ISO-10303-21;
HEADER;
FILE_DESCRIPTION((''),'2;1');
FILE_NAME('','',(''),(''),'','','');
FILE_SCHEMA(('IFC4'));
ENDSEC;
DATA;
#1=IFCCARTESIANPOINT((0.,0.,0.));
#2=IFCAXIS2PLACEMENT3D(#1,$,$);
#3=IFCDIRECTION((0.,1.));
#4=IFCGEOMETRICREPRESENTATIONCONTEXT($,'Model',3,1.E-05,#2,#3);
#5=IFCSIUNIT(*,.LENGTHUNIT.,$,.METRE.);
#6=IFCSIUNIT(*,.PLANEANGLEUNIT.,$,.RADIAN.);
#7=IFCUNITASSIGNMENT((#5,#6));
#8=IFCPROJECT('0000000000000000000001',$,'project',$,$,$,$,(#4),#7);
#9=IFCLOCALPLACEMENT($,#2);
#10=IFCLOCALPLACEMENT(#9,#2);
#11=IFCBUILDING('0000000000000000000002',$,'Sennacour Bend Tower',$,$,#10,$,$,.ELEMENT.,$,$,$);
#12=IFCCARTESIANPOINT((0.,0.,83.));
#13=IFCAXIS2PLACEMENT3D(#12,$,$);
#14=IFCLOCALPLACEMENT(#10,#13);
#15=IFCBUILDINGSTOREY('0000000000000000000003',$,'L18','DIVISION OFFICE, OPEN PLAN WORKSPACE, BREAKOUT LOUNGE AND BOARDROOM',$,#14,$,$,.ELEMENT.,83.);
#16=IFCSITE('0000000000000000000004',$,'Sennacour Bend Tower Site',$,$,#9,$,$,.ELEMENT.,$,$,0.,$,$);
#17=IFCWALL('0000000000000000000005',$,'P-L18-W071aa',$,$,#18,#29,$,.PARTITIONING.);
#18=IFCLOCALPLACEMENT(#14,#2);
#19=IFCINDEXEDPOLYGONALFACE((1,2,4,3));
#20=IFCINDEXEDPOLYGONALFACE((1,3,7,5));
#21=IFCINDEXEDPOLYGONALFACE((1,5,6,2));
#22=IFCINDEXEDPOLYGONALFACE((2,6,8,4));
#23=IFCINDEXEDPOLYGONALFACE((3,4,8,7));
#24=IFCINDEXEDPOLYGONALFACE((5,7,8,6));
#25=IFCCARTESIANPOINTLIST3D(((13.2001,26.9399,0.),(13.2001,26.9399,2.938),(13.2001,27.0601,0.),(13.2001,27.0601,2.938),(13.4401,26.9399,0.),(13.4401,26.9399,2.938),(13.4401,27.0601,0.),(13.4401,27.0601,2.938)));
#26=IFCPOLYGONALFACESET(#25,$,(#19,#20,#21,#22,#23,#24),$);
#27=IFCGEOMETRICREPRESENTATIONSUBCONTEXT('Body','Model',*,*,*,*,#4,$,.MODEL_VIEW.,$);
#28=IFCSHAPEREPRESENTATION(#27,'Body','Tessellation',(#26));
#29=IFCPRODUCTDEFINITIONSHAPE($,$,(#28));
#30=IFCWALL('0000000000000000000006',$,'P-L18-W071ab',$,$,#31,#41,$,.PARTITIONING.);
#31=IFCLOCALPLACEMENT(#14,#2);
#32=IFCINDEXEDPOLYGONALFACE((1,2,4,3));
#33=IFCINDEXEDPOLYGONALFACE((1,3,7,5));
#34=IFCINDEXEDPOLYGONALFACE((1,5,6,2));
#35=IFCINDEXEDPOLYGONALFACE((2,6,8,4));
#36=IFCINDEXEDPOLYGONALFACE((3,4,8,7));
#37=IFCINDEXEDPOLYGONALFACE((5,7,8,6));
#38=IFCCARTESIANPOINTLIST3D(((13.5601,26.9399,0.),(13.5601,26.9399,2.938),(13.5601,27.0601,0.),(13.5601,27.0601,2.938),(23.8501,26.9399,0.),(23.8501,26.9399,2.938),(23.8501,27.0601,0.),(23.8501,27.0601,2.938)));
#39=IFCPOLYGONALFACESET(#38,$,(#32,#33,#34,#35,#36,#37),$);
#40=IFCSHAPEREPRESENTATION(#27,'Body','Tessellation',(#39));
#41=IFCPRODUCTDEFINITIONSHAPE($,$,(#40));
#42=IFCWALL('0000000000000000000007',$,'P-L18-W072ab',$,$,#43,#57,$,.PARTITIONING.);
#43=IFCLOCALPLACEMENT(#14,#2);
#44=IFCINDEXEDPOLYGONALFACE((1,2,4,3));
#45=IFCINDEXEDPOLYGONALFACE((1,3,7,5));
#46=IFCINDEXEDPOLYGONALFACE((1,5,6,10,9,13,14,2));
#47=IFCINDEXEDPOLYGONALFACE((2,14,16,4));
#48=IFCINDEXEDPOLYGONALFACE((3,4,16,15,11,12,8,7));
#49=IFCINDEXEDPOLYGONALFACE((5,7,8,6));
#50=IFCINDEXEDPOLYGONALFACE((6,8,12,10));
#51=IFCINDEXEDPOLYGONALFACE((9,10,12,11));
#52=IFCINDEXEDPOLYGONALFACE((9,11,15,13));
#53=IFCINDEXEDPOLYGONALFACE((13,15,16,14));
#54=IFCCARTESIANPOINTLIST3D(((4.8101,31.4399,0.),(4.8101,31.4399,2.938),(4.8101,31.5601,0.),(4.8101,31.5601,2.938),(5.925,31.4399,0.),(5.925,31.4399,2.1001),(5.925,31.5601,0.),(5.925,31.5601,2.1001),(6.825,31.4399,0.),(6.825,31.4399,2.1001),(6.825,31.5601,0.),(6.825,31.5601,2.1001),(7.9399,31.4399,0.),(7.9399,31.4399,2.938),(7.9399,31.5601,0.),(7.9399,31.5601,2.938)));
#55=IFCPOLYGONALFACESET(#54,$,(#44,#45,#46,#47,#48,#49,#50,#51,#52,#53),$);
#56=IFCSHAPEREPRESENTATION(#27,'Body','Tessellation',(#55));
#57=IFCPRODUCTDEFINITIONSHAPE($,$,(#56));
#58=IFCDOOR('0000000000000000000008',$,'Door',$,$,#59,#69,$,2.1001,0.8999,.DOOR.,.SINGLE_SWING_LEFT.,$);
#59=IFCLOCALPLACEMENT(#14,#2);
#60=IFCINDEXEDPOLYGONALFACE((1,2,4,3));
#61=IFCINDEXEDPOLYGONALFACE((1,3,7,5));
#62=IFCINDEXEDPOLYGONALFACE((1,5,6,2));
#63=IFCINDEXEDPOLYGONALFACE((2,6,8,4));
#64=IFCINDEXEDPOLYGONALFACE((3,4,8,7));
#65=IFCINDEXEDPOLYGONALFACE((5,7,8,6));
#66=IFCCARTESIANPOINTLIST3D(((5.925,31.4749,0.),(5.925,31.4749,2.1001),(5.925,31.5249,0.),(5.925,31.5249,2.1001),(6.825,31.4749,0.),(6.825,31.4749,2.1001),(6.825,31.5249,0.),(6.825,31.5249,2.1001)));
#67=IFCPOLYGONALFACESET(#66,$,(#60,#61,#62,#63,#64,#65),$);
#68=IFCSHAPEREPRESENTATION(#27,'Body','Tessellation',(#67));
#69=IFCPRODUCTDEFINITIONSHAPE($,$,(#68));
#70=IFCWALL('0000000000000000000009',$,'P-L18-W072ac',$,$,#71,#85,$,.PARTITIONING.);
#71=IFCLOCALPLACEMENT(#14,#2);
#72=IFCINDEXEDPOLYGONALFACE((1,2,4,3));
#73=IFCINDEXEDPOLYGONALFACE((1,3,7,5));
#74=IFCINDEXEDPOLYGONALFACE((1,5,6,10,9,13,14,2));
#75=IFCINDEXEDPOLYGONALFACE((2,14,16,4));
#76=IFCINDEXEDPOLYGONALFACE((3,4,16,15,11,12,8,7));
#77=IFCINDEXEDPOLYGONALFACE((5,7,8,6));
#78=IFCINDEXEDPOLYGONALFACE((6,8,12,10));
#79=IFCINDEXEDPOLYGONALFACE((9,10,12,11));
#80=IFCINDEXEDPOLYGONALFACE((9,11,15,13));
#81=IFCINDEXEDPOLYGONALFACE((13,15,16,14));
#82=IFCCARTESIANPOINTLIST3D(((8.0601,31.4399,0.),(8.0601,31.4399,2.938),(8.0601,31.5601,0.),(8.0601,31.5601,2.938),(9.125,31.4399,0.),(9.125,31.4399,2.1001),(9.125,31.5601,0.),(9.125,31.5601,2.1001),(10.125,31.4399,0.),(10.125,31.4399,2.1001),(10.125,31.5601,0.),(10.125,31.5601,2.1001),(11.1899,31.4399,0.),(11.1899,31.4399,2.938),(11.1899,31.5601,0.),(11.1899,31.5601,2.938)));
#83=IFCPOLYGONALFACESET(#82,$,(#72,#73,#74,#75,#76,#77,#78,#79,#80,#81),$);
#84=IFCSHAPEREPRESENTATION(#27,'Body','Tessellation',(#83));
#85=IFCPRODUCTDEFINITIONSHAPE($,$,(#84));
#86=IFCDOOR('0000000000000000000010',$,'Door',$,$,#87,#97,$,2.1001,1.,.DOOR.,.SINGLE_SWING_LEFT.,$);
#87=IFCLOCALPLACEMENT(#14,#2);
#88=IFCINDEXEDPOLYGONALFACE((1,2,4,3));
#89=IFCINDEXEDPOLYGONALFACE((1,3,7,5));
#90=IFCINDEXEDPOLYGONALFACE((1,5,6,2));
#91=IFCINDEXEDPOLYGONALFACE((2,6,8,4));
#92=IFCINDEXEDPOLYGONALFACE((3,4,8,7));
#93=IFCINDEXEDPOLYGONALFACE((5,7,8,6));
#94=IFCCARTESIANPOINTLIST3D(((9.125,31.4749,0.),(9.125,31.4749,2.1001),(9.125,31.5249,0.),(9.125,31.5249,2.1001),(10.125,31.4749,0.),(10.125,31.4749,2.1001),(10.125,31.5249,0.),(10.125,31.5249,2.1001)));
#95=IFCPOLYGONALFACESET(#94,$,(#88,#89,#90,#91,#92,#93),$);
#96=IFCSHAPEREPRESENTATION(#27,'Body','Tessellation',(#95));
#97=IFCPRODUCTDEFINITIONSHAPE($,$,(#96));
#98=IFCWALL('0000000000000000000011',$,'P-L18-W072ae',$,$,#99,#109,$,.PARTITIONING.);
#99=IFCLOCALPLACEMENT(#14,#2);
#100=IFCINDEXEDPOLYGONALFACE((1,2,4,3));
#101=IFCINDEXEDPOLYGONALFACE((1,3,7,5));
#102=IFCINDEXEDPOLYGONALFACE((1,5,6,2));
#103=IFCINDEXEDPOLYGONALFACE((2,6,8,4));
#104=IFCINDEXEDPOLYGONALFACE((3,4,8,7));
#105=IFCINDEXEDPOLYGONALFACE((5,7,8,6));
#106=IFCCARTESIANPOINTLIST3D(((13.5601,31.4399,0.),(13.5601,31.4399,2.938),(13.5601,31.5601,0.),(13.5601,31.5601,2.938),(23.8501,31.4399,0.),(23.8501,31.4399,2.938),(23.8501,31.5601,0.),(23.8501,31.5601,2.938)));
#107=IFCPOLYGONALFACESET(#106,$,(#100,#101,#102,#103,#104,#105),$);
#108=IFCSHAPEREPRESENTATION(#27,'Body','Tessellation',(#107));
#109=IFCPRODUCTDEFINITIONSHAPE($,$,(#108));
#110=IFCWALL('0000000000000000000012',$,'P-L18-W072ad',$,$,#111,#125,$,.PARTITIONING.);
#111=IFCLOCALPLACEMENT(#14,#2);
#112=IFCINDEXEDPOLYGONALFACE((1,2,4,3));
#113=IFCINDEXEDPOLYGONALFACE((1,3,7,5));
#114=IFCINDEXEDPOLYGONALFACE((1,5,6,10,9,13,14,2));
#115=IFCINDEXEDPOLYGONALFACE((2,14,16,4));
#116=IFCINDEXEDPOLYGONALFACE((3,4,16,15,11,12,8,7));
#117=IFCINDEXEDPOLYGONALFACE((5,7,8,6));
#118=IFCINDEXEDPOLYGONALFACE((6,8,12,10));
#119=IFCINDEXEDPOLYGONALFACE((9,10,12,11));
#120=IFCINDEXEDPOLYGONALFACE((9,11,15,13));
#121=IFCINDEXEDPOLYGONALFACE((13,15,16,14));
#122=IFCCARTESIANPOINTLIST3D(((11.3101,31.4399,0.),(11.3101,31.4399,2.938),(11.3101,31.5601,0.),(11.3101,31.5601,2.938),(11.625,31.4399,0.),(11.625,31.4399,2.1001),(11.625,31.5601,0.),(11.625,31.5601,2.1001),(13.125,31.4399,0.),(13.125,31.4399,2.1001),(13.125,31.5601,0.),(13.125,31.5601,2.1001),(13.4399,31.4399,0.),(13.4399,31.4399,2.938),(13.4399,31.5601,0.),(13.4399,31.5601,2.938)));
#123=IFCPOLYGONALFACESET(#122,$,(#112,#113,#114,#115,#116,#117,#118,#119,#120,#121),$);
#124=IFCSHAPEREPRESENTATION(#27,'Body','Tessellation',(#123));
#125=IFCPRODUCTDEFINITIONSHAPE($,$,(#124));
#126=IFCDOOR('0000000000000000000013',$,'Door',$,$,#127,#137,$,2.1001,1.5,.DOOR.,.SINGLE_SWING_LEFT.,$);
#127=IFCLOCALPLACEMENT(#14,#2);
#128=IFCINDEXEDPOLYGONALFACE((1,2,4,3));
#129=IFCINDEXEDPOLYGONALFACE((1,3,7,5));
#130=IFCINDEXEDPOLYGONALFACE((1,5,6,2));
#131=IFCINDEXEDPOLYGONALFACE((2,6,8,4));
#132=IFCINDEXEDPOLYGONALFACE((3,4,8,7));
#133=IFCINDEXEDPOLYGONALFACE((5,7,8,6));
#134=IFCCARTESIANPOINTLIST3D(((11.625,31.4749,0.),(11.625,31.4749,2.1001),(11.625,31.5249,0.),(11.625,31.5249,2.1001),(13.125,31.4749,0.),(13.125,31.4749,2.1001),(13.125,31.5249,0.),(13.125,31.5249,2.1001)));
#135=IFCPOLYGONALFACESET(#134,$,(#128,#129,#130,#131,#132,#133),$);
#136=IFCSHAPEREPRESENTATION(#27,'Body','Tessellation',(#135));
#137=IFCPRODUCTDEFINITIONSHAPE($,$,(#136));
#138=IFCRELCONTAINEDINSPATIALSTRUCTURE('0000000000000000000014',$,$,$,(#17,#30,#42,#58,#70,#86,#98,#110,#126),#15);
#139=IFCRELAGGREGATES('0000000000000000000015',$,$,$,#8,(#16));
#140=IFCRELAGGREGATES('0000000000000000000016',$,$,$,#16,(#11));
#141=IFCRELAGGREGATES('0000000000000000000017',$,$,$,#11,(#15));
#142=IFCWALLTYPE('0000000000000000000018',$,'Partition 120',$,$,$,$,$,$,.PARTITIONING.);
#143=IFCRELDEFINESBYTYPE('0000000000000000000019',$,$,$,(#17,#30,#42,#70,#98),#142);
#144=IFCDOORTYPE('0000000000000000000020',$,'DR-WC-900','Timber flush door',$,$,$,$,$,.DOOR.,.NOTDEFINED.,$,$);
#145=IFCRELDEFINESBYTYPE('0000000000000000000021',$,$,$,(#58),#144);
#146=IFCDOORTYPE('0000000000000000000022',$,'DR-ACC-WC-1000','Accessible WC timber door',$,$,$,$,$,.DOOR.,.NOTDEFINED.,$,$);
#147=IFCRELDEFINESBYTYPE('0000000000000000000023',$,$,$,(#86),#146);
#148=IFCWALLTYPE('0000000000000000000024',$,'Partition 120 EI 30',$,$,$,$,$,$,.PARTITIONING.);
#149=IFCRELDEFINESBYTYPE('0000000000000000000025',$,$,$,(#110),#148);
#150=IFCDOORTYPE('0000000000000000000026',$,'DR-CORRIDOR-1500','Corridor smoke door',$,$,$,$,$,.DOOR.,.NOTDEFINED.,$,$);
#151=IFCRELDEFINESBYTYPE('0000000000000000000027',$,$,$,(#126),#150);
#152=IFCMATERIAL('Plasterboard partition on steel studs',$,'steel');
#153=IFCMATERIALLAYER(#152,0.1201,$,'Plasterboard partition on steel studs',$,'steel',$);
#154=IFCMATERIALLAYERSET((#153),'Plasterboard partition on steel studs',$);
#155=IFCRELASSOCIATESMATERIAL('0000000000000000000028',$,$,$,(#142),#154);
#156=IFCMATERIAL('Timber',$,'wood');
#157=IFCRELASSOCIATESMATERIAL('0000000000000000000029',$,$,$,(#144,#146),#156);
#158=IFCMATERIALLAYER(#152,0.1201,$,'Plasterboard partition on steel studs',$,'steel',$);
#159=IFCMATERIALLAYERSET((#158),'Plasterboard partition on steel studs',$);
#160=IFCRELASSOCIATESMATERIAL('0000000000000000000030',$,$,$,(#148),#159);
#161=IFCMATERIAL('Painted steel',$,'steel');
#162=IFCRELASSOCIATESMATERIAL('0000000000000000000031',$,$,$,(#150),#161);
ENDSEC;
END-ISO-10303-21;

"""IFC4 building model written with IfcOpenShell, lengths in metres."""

from ifc_helpers import new_model, si_unit, direction, frame, frame_2d, origin, place, context, subcontext, project, spatial, rectangle, extrude, material, layer, layer_set, type_object, element, fill, save


model = new_model("IFC4")

# Units and contexts
model_context = context("Model", 3, precision=1e-05, world=origin(), true_north=direction((0.0, 1.0)))
body_context = subcontext(model_context, "Body", "Model", "MODEL_VIEW")
ifc_project = project(units=[si_unit("LENGTHUNIT", "METRE"), si_unit("PLANEANGLEUNIT", "RADIAN")], contexts=[model_context])

# Site, building, storey
site_placement = place(None, origin())
site = spatial("IfcSite", under=ifc_project, at=site_placement, Name="Sennacour Bend Tower Site", CompositionType="ELEMENT", RefElevation=0.0)
building_placement = place(site_placement, origin())
building = spatial("IfcBuilding", under=site, at=building_placement, Name="Sennacour Bend Tower", CompositionType="ELEMENT")
storey_placement = place(building_placement, frame((0.0, 0.0, 83.0)))
storey = spatial("IfcBuildingStorey", under=building, at=storey_placement, Name="L18", Description="DIVISION OFFICE, OPEN PLAN WORKSPACE, BREAKOUT LOUNGE AND BOARDROOM", CompositionType="ELEMENT", Elevation=83.0)

# Walls
ifc_material_1 = material(Name="Plasterboard partition on steel studs", Category="steel")
ifc_layer_1 = layer(ifc_material_1, 0.1201, Name="Plasterboard partition on steel studs", Category="steel")
ifc_layer_set_1 = layer_set([ifc_layer_1], Name="Plasterboard partition on steel studs")
wall_type_1 = type_object("IfcWallType", Name="Partition 120", PredefinedType="PARTITIONING", material=ifc_layer_set_1)
for number, where, z_axis, x_axis, name in (
    (1, (13.2, 27.0, 0.0), (0.0, 0.0, 1.0), (1.0, 0.0, 0.0), "P-L18-W071aa"),
):
    element("IfcWall", number, at=place(storey_placement, frame(where, z_axis=z_axis, x_axis=x_axis)), inside=storey, type_object=wall_type_1, Name=name, PredefinedType="PARTITIONING", context=body_context, shape_type="SweptSolid", body=[
        extrude(rectangle(XDim=0.24, YDim=0.1201, at=frame_2d((0.1201, 0.0))), origin(), (0.0, 0.0, 1.0), 2.938),
    ])
wall_1_placement = place(storey_placement, frame((13.5601, 27.0, 0.0), z_axis=(0.0, 0.0, 1.0), x_axis=(1.0, 0.0, 0.0)))
element("IfcWall", 2, at=wall_1_placement, inside=storey, type_object=wall_type_1, Name="P-L18-W071ab", PredefinedType="PARTITIONING", context=body_context, shape_type="SweptSolid", body=[
    extrude(rectangle(XDim=10.29, YDim=0.1201, at=frame_2d((5.145, 0.0))), origin(), (0.0, 0.0, 1.0), 2.938),
])

# Walls, openings, doors
wall_2_placement = place(storey_placement, frame((4.8101, 31.5, 0.0), z_axis=(0.0, 0.0, 1.0), x_axis=(1.0, 0.0, 0.0)))
wall_2 = element("IfcWall", 3, at=wall_2_placement, inside=storey, type_object=wall_type_1, Name="P-L18-W072ab", PredefinedType="PARTITIONING", context=body_context, shape_type="SweptSolid", body=[
    extrude(rectangle(XDim=3.1299, YDim=0.1201, at=frame_2d((1.5649, 0.0))), origin(), (0.0, 0.0, 1.0), 2.938),
])
opening_1_placement = place(wall_2_placement, frame((1.115, 0.0, 0.0)))
opening_1 = element("IfcOpeningElement", 4, at=opening_1_placement, cuts=wall_2, PredefinedType="OPENING", context=body_context, shape_type="SweptSolid", body=[
    extrude(rectangle(XDim=0.8999, YDim=2.1001, at=frame_2d((0.45, 1.05))), frame((0.0, 0.0701, 0.0), z_axis=(0.0, -1.0, 0.0), x_axis=(1.0, 0.0, 0.0)), (0.0, 0.0, 1.0), 0.1401),
])
ifc_material_2 = material(Name="Timber", Category="wood")
door_type_1 = type_object("IfcDoorType", Name="DR-WC-900", Description="Timber flush door", OperationType="NOTDEFINED", PredefinedType="DOOR", material=ifc_material_2)
door_1_placement = place(opening_1_placement, origin())
door_1 = element("IfcDoor", 5, at=door_1_placement, inside=storey, type_object=door_type_1, Name="Door", OperationType="SINGLE_SWING_LEFT", OverallHeight=2.1001, OverallWidth=0.8999, PredefinedType="DOOR", context=body_context, shape_type="SweptSolid", body=[
    extrude(rectangle(XDim=0.8999, YDim=2.1001, at=frame_2d((0.45, 1.05))), frame((0.0, 0.0249, 0.0), z_axis=(0.0, -1.0, 0.0), x_axis=(1.0, 0.0, 0.0)), (0.0, 0.0, 1.0), 0.05),
])
fill(opening_1, door_1)
wall_3_placement = place(storey_placement, frame((8.0601, 31.5, 0.0), z_axis=(0.0, 0.0, 1.0), x_axis=(1.0, 0.0, 0.0)))
wall_3 = element("IfcWall", 6, at=wall_3_placement, inside=storey, type_object=wall_type_1, Name="P-L18-W072ac", PredefinedType="PARTITIONING", context=body_context, shape_type="SweptSolid", body=[
    extrude(rectangle(XDim=3.1299, YDim=0.1201, at=frame_2d((1.5649, 0.0))), origin(), (0.0, 0.0, 1.0), 2.938),
])
opening_2_placement = place(wall_3_placement, frame((1.0649, 0.0, 0.0)))
opening_2 = element("IfcOpeningElement", 7, at=opening_2_placement, cuts=wall_3, PredefinedType="OPENING", context=body_context, shape_type="SweptSolid", body=[
    extrude(rectangle(XDim=1.0, YDim=2.1001, at=frame_2d((0.5, 1.05))), frame((0.0, 0.0701, 0.0), z_axis=(0.0, -1.0, 0.0), x_axis=(1.0, 0.0, 0.0)), (0.0, 0.0, 1.0), 0.1401),
])
door_type_2 = type_object("IfcDoorType", Name="DR-ACC-WC-1000", Description="Accessible WC timber door", OperationType="NOTDEFINED", PredefinedType="DOOR", material=ifc_material_2)
door_2_placement = place(opening_2_placement, origin())
door_2 = element("IfcDoor", 8, at=door_2_placement, inside=storey, type_object=door_type_2, Name="Door", OperationType="SINGLE_SWING_LEFT", OverallHeight=2.1001, OverallWidth=1.0, PredefinedType="DOOR", context=body_context, shape_type="SweptSolid", body=[
    extrude(rectangle(XDim=1.0, YDim=2.1001, at=frame_2d((0.5, 1.05))), frame((0.0, 0.0249, 0.0), z_axis=(0.0, -1.0, 0.0), x_axis=(1.0, 0.0, 0.0)), (0.0, 0.0, 1.0), 0.05),
])
fill(opening_2, door_2)

# Wall
wall_4_placement = place(storey_placement, frame((13.5601, 31.5, 0.0), z_axis=(0.0, 0.0, 1.0), x_axis=(1.0, 0.0, 0.0)))
element("IfcWall", 9, at=wall_4_placement, inside=storey, type_object=wall_type_1, Name="P-L18-W072ae", PredefinedType="PARTITIONING", context=body_context, shape_type="SweptSolid", body=[
    extrude(rectangle(XDim=10.29, YDim=0.1201, at=frame_2d((5.145, 0.0))), origin(), (0.0, 0.0, 1.0), 2.938),
])

# Wall, opening, door
ifc_layer_2 = layer(ifc_material_1, 0.1201, Name="Plasterboard partition on steel studs", Category="steel")
ifc_layer_set_2 = layer_set([ifc_layer_2], Name="Plasterboard partition on steel studs")
wall_type_2 = type_object("IfcWallType", Name="Partition 120 EI 30", PredefinedType="PARTITIONING", material=ifc_layer_set_2)
wall_5_placement = place(storey_placement, frame((11.3101, 31.5, 0.0), z_axis=(0.0, 0.0, 1.0), x_axis=(1.0, 0.0, 0.0)))
wall_5 = element("IfcWall", 10, at=wall_5_placement, inside=storey, type_object=wall_type_2, Name="P-L18-W072ad", PredefinedType="PARTITIONING", context=body_context, shape_type="SweptSolid", body=[
    extrude(rectangle(XDim=2.1299, YDim=0.1201, at=frame_2d((1.0649, 0.0))), origin(), (0.0, 0.0, 1.0), 2.938),
])
opening_3_placement = place(wall_5_placement, frame((0.3149, 0.0, 0.0)))
opening_3 = element("IfcOpeningElement", 11, at=opening_3_placement, cuts=wall_5, PredefinedType="OPENING", context=body_context, shape_type="SweptSolid", body=[
    extrude(rectangle(XDim=1.5, YDim=2.1001, at=frame_2d((0.75, 1.05))), frame((0.0, 0.0701, 0.0), z_axis=(0.0, -1.0, 0.0), x_axis=(1.0, 0.0, 0.0)), (0.0, 0.0, 1.0), 0.1401),
])
ifc_material_3 = material(Name="Painted steel", Category="steel")
door_type_3 = type_object("IfcDoorType", Name="DR-CORRIDOR-1500", Description="Corridor smoke door", OperationType="NOTDEFINED", PredefinedType="DOOR", material=ifc_material_3)
door_3_placement = place(opening_3_placement, origin())
door_3 = element("IfcDoor", 12, at=door_3_placement, inside=storey, type_object=door_type_3, Name="Door", OperationType="SINGLE_SWING_LEFT", OverallHeight=2.1001, OverallWidth=1.5, PredefinedType="DOOR", context=body_context, shape_type="SweptSolid", body=[
    extrude(rectangle(XDim=1.5, YDim=2.1001, at=frame_2d((0.75, 1.05))), frame((0.0, 0.0249, 0.0), z_axis=(0.0, -1.0, 0.0), x_axis=(1.0, 0.0, 0.0)), (0.0, 0.0, 1.0), 0.05),
])
fill(opening_3, door_3)

save(model, "model.ifc")
